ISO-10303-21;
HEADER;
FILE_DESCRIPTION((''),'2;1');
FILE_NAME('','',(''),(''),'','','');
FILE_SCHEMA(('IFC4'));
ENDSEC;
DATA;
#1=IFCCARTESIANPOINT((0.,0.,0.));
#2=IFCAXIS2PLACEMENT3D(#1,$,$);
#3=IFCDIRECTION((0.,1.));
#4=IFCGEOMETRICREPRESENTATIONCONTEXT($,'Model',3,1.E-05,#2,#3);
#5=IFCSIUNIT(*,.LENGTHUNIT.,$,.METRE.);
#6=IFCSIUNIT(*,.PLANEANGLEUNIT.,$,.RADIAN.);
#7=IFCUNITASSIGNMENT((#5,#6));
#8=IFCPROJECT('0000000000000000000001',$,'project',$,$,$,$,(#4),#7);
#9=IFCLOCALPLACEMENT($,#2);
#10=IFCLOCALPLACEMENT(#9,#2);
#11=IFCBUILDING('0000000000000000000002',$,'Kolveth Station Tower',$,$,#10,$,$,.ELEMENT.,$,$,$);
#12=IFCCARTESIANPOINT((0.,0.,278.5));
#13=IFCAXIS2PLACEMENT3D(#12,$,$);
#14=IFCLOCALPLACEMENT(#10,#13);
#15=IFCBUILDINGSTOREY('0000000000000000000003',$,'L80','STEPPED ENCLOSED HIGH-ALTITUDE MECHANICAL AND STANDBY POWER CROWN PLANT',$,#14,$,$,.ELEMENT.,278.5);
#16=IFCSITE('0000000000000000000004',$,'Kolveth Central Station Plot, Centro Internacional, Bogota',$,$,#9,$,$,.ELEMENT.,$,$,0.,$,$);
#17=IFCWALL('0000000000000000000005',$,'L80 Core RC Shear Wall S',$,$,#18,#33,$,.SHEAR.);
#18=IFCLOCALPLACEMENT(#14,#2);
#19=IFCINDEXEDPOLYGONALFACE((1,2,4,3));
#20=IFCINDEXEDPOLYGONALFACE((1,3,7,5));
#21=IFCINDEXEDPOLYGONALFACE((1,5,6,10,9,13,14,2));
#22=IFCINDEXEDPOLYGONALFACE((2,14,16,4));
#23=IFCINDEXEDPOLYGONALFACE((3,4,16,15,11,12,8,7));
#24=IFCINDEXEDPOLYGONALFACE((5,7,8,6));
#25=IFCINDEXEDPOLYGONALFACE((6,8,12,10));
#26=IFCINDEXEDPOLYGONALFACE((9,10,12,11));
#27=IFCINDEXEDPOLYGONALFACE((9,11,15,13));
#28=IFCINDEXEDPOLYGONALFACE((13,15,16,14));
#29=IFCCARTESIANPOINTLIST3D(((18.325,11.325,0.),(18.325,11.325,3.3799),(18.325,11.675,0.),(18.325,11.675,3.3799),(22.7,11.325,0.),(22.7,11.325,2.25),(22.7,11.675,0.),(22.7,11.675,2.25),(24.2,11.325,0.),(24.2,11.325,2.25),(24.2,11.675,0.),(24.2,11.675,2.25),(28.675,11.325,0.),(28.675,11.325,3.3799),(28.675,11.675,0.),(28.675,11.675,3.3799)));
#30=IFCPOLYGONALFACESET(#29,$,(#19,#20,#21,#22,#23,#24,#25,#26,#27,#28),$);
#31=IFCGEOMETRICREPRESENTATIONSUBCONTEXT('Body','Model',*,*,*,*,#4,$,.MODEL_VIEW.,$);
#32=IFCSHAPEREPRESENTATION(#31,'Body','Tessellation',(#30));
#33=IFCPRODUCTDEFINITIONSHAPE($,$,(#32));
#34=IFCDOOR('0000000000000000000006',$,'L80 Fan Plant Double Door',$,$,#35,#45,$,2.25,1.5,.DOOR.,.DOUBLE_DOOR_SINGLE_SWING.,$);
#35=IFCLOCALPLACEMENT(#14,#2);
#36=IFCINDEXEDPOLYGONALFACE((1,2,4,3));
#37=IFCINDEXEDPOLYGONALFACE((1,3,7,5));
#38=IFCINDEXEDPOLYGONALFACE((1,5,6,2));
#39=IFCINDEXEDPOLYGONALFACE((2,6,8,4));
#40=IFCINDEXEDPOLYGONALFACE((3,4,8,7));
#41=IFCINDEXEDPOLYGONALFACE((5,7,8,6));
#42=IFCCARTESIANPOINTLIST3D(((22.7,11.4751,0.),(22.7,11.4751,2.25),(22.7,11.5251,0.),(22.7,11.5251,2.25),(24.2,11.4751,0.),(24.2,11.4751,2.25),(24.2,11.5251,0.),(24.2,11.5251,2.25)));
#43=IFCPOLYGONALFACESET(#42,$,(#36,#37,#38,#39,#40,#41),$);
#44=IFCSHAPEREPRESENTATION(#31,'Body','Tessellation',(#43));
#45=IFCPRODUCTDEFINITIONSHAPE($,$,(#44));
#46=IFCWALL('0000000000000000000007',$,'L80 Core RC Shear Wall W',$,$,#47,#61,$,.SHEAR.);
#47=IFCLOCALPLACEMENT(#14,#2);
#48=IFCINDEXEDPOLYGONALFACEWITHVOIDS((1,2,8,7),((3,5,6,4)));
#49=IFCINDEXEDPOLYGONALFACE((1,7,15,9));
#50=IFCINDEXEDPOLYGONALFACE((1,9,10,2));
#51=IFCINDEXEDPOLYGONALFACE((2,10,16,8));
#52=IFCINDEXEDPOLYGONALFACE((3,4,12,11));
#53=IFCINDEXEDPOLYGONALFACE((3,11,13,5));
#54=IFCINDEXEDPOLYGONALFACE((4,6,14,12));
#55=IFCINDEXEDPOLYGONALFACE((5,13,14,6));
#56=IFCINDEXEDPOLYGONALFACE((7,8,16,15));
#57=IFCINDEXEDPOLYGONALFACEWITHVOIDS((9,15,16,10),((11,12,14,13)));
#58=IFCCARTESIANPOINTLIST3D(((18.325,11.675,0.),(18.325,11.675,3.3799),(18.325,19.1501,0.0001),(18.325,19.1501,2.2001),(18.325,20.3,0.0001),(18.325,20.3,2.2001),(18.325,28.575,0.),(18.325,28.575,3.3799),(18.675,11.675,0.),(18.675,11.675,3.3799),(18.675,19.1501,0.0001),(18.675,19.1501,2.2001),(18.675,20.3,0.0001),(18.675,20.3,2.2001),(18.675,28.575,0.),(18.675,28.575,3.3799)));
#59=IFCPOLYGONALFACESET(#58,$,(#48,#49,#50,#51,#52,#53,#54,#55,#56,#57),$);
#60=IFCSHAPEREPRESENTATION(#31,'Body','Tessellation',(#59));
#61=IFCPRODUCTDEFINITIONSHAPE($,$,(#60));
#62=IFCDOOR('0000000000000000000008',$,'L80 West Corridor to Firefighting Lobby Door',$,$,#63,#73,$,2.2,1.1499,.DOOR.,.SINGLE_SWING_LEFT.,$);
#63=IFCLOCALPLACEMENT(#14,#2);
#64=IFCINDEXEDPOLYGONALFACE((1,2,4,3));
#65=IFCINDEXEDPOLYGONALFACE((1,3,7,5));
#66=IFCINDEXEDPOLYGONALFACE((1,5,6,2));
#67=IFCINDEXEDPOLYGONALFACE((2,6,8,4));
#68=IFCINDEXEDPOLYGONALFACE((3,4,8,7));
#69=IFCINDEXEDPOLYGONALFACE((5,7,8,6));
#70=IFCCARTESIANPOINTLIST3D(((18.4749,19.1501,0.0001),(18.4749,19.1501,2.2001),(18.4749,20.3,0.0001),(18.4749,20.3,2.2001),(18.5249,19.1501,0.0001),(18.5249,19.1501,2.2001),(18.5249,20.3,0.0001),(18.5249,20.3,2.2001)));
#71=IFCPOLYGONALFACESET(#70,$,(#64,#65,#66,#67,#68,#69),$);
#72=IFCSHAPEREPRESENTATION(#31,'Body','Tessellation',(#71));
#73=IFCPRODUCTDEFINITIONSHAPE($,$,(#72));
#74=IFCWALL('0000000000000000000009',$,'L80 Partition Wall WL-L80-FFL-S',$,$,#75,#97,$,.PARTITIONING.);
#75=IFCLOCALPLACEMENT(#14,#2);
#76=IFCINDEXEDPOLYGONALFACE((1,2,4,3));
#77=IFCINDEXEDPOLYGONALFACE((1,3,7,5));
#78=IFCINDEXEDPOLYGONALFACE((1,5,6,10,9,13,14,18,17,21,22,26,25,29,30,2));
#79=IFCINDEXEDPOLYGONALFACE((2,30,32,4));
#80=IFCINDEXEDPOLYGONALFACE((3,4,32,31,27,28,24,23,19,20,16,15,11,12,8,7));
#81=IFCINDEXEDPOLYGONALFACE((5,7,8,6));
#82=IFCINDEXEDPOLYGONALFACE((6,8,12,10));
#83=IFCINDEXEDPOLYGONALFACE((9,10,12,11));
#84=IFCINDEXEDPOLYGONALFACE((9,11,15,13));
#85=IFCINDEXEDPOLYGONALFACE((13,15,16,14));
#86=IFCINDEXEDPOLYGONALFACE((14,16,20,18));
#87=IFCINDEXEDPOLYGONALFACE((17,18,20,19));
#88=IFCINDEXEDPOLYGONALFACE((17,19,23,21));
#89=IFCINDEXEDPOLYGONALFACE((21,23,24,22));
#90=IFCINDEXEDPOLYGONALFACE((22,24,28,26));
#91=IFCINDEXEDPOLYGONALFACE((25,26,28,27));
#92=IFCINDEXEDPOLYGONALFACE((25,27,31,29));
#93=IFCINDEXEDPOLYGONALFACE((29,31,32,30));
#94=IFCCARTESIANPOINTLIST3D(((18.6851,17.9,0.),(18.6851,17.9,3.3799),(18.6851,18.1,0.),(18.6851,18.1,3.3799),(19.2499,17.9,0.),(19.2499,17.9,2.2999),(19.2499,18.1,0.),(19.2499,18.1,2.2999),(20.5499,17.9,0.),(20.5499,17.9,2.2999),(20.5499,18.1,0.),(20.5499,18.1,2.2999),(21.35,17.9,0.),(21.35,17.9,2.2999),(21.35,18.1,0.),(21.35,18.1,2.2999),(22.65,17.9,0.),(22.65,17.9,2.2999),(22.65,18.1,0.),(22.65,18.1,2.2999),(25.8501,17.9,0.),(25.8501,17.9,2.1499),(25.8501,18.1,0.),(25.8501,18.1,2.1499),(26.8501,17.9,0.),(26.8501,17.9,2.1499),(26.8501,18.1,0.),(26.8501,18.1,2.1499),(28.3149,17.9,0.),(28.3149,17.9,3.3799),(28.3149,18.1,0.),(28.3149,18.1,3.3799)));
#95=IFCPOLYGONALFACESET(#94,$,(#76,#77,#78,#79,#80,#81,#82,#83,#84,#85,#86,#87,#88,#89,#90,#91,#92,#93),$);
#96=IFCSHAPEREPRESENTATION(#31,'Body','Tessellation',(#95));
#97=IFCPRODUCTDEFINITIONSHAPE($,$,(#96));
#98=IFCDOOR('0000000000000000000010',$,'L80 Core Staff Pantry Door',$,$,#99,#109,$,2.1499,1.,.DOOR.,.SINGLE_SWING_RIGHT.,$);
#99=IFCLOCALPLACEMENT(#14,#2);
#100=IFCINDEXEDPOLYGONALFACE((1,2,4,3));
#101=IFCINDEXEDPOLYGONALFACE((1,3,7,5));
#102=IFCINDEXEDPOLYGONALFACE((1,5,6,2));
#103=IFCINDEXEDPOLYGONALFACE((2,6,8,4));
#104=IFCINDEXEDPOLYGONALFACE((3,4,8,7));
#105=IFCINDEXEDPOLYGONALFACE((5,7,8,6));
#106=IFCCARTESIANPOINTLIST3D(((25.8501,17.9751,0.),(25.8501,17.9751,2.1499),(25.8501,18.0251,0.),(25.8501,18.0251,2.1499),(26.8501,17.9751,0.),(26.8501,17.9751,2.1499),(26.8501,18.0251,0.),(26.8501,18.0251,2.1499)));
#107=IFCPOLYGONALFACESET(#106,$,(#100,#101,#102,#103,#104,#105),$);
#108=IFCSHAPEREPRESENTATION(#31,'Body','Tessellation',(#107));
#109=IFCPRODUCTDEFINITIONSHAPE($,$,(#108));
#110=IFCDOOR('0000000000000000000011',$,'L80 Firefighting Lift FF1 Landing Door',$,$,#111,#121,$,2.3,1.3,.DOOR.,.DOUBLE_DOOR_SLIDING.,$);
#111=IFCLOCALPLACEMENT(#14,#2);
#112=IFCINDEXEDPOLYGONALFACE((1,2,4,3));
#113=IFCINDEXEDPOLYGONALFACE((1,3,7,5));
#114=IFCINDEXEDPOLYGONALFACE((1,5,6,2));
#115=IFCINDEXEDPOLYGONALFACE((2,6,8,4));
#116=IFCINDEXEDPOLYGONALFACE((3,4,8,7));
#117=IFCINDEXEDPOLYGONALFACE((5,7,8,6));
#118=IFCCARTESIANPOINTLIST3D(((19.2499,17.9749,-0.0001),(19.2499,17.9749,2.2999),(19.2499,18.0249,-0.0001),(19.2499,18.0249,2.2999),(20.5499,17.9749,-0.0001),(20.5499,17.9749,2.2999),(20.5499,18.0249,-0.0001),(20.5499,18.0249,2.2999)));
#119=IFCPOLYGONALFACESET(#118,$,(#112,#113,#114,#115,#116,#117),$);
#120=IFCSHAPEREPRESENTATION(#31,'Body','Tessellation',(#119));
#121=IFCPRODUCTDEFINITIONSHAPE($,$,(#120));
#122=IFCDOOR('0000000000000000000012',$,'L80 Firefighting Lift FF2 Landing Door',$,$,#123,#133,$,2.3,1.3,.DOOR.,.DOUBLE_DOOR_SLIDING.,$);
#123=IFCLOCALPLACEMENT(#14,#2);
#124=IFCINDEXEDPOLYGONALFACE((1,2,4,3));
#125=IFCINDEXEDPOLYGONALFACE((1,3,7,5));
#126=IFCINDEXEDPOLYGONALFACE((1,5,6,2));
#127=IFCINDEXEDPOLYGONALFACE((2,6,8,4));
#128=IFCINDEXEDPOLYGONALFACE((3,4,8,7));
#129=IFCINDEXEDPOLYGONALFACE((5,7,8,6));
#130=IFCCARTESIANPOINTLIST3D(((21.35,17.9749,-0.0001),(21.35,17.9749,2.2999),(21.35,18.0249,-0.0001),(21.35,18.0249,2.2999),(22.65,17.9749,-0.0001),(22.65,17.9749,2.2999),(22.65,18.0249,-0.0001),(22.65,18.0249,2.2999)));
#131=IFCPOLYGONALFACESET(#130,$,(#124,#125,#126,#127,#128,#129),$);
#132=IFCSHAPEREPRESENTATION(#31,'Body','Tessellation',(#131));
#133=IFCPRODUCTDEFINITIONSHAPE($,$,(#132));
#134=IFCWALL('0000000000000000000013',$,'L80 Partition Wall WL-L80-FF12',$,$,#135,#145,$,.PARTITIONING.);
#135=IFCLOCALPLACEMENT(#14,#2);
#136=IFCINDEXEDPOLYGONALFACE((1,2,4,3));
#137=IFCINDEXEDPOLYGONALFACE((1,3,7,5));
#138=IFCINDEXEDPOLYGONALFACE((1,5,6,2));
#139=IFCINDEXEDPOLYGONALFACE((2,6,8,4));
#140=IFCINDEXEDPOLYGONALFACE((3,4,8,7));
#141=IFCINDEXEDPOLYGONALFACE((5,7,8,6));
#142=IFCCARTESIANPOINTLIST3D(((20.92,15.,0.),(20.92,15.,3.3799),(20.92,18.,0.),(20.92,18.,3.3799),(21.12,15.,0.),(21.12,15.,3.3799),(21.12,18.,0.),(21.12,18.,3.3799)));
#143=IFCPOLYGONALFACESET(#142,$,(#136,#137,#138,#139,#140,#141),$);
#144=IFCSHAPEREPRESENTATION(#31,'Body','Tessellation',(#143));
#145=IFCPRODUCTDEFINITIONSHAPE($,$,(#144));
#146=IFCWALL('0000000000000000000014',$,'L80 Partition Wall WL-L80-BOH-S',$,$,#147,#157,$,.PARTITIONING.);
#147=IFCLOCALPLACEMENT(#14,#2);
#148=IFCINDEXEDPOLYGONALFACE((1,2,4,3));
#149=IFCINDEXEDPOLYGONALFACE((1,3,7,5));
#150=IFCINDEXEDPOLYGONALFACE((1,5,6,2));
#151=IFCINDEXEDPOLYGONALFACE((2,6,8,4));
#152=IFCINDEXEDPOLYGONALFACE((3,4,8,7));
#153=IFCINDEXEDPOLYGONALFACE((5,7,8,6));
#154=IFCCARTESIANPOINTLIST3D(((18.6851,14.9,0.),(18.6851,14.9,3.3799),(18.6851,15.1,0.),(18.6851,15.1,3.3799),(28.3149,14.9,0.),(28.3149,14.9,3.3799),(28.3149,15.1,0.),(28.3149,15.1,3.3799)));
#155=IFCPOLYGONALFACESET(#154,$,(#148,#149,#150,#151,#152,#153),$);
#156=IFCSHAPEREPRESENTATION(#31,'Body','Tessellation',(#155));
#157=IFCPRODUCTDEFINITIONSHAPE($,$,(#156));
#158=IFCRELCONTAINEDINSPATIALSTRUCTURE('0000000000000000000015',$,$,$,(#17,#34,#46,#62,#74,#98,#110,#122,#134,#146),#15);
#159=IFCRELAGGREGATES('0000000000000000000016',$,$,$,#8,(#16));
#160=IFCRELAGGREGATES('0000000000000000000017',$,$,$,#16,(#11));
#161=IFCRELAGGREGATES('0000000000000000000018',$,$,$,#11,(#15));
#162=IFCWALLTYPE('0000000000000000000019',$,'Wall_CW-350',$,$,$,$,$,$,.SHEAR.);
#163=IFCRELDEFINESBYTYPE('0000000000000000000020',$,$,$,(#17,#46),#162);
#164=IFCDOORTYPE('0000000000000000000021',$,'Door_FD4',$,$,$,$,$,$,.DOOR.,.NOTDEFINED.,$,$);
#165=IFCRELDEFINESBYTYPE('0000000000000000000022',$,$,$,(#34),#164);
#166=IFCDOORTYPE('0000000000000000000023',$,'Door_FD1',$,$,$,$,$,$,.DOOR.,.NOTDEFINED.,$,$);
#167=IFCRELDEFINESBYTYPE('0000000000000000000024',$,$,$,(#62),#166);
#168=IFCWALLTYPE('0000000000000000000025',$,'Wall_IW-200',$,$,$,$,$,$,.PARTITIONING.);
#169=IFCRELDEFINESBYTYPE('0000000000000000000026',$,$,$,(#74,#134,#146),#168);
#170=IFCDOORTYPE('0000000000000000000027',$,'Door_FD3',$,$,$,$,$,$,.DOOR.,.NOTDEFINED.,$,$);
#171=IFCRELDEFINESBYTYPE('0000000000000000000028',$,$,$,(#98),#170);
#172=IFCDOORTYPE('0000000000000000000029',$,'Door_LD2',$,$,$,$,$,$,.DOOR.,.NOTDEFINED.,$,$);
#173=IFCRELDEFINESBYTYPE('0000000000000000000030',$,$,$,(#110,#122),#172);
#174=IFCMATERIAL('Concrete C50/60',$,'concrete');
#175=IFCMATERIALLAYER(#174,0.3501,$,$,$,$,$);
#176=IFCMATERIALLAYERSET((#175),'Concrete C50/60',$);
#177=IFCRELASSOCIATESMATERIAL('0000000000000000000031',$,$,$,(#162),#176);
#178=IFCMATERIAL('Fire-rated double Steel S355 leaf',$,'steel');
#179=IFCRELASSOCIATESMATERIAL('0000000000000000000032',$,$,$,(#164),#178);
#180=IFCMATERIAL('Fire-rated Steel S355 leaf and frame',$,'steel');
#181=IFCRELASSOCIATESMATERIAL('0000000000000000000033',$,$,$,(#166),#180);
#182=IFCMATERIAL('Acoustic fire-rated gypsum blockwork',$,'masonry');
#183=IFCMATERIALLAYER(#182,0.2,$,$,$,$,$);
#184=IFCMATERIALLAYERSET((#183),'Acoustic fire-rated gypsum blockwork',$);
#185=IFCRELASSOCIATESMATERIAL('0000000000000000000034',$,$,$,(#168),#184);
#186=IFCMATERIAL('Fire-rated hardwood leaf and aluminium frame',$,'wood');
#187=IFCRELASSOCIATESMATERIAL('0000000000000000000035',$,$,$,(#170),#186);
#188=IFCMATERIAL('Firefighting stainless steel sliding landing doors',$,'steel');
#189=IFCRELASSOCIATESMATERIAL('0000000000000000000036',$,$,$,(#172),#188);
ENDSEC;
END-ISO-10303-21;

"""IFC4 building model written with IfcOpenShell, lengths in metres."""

from ifc_helpers import new_model, si_unit, direction, frame, frame_2d, origin, place, context, subcontext, project, spatial, rectangle, extrude, material, layer, layer_set, type_object, element, fill, save


model = new_model("IFC4")

# Units and contexts
model_context = context("Model", 3, precision=1e-05, world=origin(), true_north=direction((0.0, 1.0)))
body_context = subcontext(model_context, "Body", "Model", "MODEL_VIEW")
ifc_project = project(units=[si_unit("LENGTHUNIT", "METRE"), si_unit("PLANEANGLEUNIT", "RADIAN")], contexts=[model_context])

# Site, building, storey
site_placement = place(None, origin())
site = spatial("IfcSite", under=ifc_project, at=site_placement, Name="Kolveth Central Station Plot, Centro Internacional, Bogota", CompositionType="ELEMENT", RefElevation=0.0)
building_placement = place(site_placement, origin())
building = spatial("IfcBuilding", under=site, at=building_placement, Name="Kolveth Station Tower", CompositionType="ELEMENT")
storey_placement = place(building_placement, frame((0.0, 0.0, 278.5)))
storey = spatial("IfcBuildingStorey", under=building, at=storey_placement, Name="L80", Description="STEPPED ENCLOSED HIGH-ALTITUDE MECHANICAL AND STANDBY POWER CROWN PLANT", CompositionType="ELEMENT", Elevation=278.5)

# Walls, openings, doors
ifc_material_1 = material(Name="Concrete C50/60", Category="concrete")
ifc_layer_1 = layer(ifc_material_1, 0.3501)
ifc_layer_set_1 = layer_set([ifc_layer_1], Name="Concrete C50/60")
wall_type_1 = type_object("IfcWallType", Name="Wall_CW-350", PredefinedType="SHEAR", material=ifc_layer_set_1)
wall_1_placement = place(storey_placement, frame((18.325, 11.5, 0.0), z_axis=(0.0, 0.0, 1.0), x_axis=(1.0, 0.0, 0.0)))
wall_1 = element("IfcWall", 1, at=wall_1_placement, inside=storey, type_object=wall_type_1, Name="L80 Core RC Shear Wall S", PredefinedType="SHEAR", context=body_context, shape_type="SweptSolid", body=[
    extrude(rectangle(XDim=10.3501, YDim=0.3501, at=frame_2d((5.175, 0.0))), origin(), (0.0, 0.0, 1.0), 3.3799),
])
opening_1_placement = place(wall_1_placement, frame((4.375, 0.0, 0.0)))
opening_1 = element("IfcOpeningElement", 2, at=opening_1_placement, cuts=wall_1, PredefinedType="OPENING", context=body_context, shape_type="SweptSolid", body=[
    extrude(rectangle(XDim=1.5, YDim=2.25, at=frame_2d((0.75, 1.125))), frame((0.0, 0.1851, 0.0), z_axis=(0.0, -1.0, 0.0), x_axis=(1.0, 0.0, 0.0)), (0.0, 0.0, 1.0), 0.3701),
])
ifc_material_2 = material(Name="Fire-rated double Steel S355 leaf", Category="steel")
door_type_1 = type_object("IfcDoorType", Name="Door_FD4", OperationType="NOTDEFINED", PredefinedType="DOOR", material=ifc_material_2)
door_1_placement = place(opening_1_placement, frame((1.5, 0.0, 0.0), z_axis=(0.0, 0.0, 1.0), x_axis=(-1.0, 0.0, 0.0)))
door_1 = element("IfcDoor", 3, at=door_1_placement, inside=storey, type_object=door_type_1, Name="L80 Fan Plant Double Door", OperationType="DOUBLE_DOOR_SINGLE_SWING", OverallHeight=2.25, OverallWidth=1.5, PredefinedType="DOOR", context=body_context, shape_type="SweptSolid", body=[
    extrude(rectangle(XDim=1.5, YDim=2.25, at=frame_2d((0.75, 1.125))), frame((0.0, 0.0249, 0.0), z_axis=(0.0, -1.0, 0.0), x_axis=(1.0, 0.0, 0.0)), (0.0, 0.0, 1.0), 0.05),
])
fill(opening_1, door_1)
wall_2_placement = place(storey_placement, frame((18.5, 11.675, 0.0), z_axis=(0.0, 0.0, 1.0), x_axis=(0.0, 1.0, 0.0)))
wall_2 = element("IfcWall", 4, at=wall_2_placement, inside=storey, type_object=wall_type_1, Name="L80 Core RC Shear Wall W", PredefinedType="SHEAR", context=body_context, shape_type="SweptSolid", body=[
    extrude(rectangle(XDim=16.8999, YDim=0.3501, at=frame_2d((8.45, 0.0))), origin(), (0.0, 0.0, 1.0), 3.3799),
])
opening_2_placement = place(wall_2_placement, frame((7.4751, 0.0, 0.0)))
opening_2 = element("IfcOpeningElement", 5, at=opening_2_placement, cuts=wall_2, PredefinedType="OPENING", context=body_context, shape_type="SweptSolid", body=[
    extrude(rectangle(XDim=1.1499, YDim=2.2, at=frame_2d((0.575, 1.1001))), frame((0.0, 0.1851, 0.0), z_axis=(0.0, -1.0, 0.0), x_axis=(1.0, 0.0, 0.0)), (0.0, 0.0, 1.0), 0.3701),
])
ifc_material_3 = material(Name="Fire-rated Steel S355 leaf and frame", Category="steel")
door_type_2 = type_object("IfcDoorType", Name="Door_FD1", OperationType="NOTDEFINED", PredefinedType="DOOR", material=ifc_material_3)
door_2_placement = place(opening_2_placement, frame((1.1499, 0.0, 0.0), z_axis=(0.0, 0.0, 1.0), x_axis=(-1.0, 0.0, 0.0)))
door_2 = element("IfcDoor", 6, at=door_2_placement, inside=storey, type_object=door_type_2, Name="L80 West Corridor to Firefighting Lobby Door", OperationType="SINGLE_SWING_LEFT", OverallHeight=2.2, OverallWidth=1.1499, PredefinedType="DOOR", context=body_context, shape_type="SweptSolid", body=[
    extrude(rectangle(XDim=1.1499, YDim=2.2, at=frame_2d((0.575, 1.1001))), frame((0.0, 0.0249, 0.0), z_axis=(0.0, -1.0, 0.0), x_axis=(1.0, 0.0, 0.0)), (0.0, 0.0, 1.0), 0.05),
])
fill(opening_2, door_2)

# Wall, openings, doors
ifc_material_4 = material(Name="Acoustic fire-rated gypsum blockwork", Category="masonry")
ifc_layer_2 = layer(ifc_material_4, 0.2)
ifc_layer_set_2 = layer_set([ifc_layer_2], Name="Acoustic fire-rated gypsum blockwork")
wall_type_2 = type_object("IfcWallType", Name="Wall_IW-200", PredefinedType="PARTITIONING", material=ifc_layer_set_2)
wall_3_placement = place(storey_placement, frame((18.6851, 18.0, 0.0), z_axis=(0.0, 0.0, 1.0), x_axis=(1.0, 0.0, 0.0)))
wall_3 = element("IfcWall", 7, at=wall_3_placement, inside=storey, type_object=wall_type_2, Name="L80 Partition Wall WL-L80-FFL-S", PredefinedType="PARTITIONING", context=body_context, shape_type="SweptSolid", body=[
    extrude(rectangle(XDim=9.6299, YDim=0.2, at=frame_2d((4.8149, 0.0))), origin(), (0.0, 0.0, 1.0), 3.3799),
])
opening_3_placement = place(wall_3_placement, frame((0.5649, 0.0, 0.0)))
opening_3 = element("IfcOpeningElement", 8, at=opening_3_placement, cuts=wall_3, PredefinedType="OPENING", context=body_context, shape_type="SweptSolid", body=[
    extrude(rectangle(XDim=1.3, YDim=2.3, at=frame_2d((0.6499, 1.1499))), frame((0.0, 0.1099, 0.0), z_axis=(0.0, -1.0, 0.0), x_axis=(1.0, 0.0, 0.0)), (0.0, 0.0, 1.0), 0.22),
])
opening_4_placement = place(wall_3_placement, frame((2.665, 0.0, 0.0)))
opening_4 = element("IfcOpeningElement", 9, at=opening_4_placement, cuts=wall_3, PredefinedType="OPENING", context=body_context, shape_type="SweptSolid", body=[
    extrude(rectangle(XDim=1.3, YDim=2.3, at=frame_2d((0.6499, 1.1499))), frame((0.0, 0.1099, 0.0), z_axis=(0.0, -1.0, 0.0), x_axis=(1.0, 0.0, 0.0)), (0.0, 0.0, 1.0), 0.22),
])
opening_5_placement = place(wall_3_placement, frame((7.165, 0.0, 0.0)))
opening_5 = element("IfcOpeningElement", 10, at=opening_5_placement, cuts=wall_3, PredefinedType="OPENING", context=body_context, shape_type="SweptSolid", body=[
    extrude(rectangle(XDim=1.0, YDim=2.1499, at=frame_2d((0.5, 1.075))), frame((0.0, 0.1099, 0.0), z_axis=(0.0, -1.0, 0.0), x_axis=(1.0, 0.0, 0.0)), (0.0, 0.0, 1.0), 0.22),
])
ifc_material_5 = material(Name="Fire-rated hardwood leaf and aluminium frame", Category="wood")
door_type_3 = type_object("IfcDoorType", Name="Door_FD3", OperationType="NOTDEFINED", PredefinedType="DOOR", material=ifc_material_5)
door_3_placement = place(opening_5_placement, frame((1.0, 0.0, 0.0), z_axis=(0.0, 0.0, 1.0), x_axis=(-1.0, 0.0, 0.0)))
door_3 = element("IfcDoor", 11, at=door_3_placement, inside=storey, type_object=door_type_3, Name="L80 Core Staff Pantry Door", OperationType="SINGLE_SWING_RIGHT", OverallHeight=2.1499, OverallWidth=1.0, PredefinedType="DOOR", context=body_context, shape_type="SweptSolid", body=[
    extrude(rectangle(XDim=1.0, YDim=2.1499, at=frame_2d((0.5, 1.075))), frame((0.0, 0.0249, 0.0), z_axis=(0.0, -1.0, 0.0), x_axis=(1.0, 0.0, 0.0)), (0.0, 0.0, 1.0), 0.05),
])
fill(opening_5, door_3)
ifc_material_6 = material(Name="Firefighting stainless steel sliding landing doors", Category="steel")
door_type_4 = type_object("IfcDoorType", Name="Door_LD2", OperationType="NOTDEFINED", PredefinedType="DOOR", material=ifc_material_6)
door_4_placement = place(opening_3_placement, origin())
door_4 = element("IfcDoor", 12, at=door_4_placement, inside=storey, type_object=door_type_4, Name="L80 Firefighting Lift FF1 Landing Door", OperationType="DOUBLE_DOOR_SLIDING", OverallHeight=2.3, OverallWidth=1.3, PredefinedType="DOOR", context=body_context, shape_type="SweptSolid", body=[
    extrude(rectangle(XDim=1.3, YDim=2.3, at=frame_2d((0.6499, 1.1499))), frame((0.0, 0.0249, 0.0), z_axis=(0.0, -1.0, 0.0), x_axis=(1.0, 0.0, 0.0)), (0.0, 0.0, 1.0), 0.05),
])
fill(opening_3, door_4)
door_5_placement = place(opening_4_placement, origin())
door_5 = element("IfcDoor", 13, at=door_5_placement, inside=storey, type_object=door_type_4, Name="L80 Firefighting Lift FF2 Landing Door", OperationType="DOUBLE_DOOR_SLIDING", OverallHeight=2.3, OverallWidth=1.3, PredefinedType="DOOR", context=body_context, shape_type="SweptSolid", body=[
    extrude(rectangle(XDim=1.3, YDim=2.3, at=frame_2d((0.6499, 1.1499))), frame((0.0, 0.0249, 0.0), z_axis=(0.0, -1.0, 0.0), x_axis=(1.0, 0.0, 0.0)), (0.0, 0.0, 1.0), 0.05),
])
fill(opening_4, door_5)

# Walls
wall_4_placement = place(storey_placement, frame((21.02, 15.0, 0.0), z_axis=(0.0, 0.0, 1.0), x_axis=(0.0, 1.0, 0.0)))
element("IfcWall", 14, at=wall_4_placement, inside=storey, type_object=wall_type_2, Name="L80 Partition Wall WL-L80-FF12", PredefinedType="PARTITIONING", context=body_context, shape_type="SweptSolid", body=[
    extrude(rectangle(XDim=3.0, YDim=0.2, at=frame_2d((1.5, 0.0))), origin(), (0.0, 0.0, 1.0), 3.3799),
])
wall_5_placement = place(storey_placement, frame((18.6851, 15.0, 0.0), z_axis=(0.0, 0.0, 1.0), x_axis=(1.0, 0.0, 0.0)))
element("IfcWall", 15, at=wall_5_placement, inside=storey, type_object=wall_type_2, Name="L80 Partition Wall WL-L80-BOH-S", PredefinedType="PARTITIONING", context=body_context, shape_type="SweptSolid", body=[
    extrude(rectangle(XDim=9.6299, YDim=0.2, at=frame_2d((4.8149, 0.0))), origin(), (0.0, 0.0, 1.0), 3.3799),
])

save(model, "model.ifc")
